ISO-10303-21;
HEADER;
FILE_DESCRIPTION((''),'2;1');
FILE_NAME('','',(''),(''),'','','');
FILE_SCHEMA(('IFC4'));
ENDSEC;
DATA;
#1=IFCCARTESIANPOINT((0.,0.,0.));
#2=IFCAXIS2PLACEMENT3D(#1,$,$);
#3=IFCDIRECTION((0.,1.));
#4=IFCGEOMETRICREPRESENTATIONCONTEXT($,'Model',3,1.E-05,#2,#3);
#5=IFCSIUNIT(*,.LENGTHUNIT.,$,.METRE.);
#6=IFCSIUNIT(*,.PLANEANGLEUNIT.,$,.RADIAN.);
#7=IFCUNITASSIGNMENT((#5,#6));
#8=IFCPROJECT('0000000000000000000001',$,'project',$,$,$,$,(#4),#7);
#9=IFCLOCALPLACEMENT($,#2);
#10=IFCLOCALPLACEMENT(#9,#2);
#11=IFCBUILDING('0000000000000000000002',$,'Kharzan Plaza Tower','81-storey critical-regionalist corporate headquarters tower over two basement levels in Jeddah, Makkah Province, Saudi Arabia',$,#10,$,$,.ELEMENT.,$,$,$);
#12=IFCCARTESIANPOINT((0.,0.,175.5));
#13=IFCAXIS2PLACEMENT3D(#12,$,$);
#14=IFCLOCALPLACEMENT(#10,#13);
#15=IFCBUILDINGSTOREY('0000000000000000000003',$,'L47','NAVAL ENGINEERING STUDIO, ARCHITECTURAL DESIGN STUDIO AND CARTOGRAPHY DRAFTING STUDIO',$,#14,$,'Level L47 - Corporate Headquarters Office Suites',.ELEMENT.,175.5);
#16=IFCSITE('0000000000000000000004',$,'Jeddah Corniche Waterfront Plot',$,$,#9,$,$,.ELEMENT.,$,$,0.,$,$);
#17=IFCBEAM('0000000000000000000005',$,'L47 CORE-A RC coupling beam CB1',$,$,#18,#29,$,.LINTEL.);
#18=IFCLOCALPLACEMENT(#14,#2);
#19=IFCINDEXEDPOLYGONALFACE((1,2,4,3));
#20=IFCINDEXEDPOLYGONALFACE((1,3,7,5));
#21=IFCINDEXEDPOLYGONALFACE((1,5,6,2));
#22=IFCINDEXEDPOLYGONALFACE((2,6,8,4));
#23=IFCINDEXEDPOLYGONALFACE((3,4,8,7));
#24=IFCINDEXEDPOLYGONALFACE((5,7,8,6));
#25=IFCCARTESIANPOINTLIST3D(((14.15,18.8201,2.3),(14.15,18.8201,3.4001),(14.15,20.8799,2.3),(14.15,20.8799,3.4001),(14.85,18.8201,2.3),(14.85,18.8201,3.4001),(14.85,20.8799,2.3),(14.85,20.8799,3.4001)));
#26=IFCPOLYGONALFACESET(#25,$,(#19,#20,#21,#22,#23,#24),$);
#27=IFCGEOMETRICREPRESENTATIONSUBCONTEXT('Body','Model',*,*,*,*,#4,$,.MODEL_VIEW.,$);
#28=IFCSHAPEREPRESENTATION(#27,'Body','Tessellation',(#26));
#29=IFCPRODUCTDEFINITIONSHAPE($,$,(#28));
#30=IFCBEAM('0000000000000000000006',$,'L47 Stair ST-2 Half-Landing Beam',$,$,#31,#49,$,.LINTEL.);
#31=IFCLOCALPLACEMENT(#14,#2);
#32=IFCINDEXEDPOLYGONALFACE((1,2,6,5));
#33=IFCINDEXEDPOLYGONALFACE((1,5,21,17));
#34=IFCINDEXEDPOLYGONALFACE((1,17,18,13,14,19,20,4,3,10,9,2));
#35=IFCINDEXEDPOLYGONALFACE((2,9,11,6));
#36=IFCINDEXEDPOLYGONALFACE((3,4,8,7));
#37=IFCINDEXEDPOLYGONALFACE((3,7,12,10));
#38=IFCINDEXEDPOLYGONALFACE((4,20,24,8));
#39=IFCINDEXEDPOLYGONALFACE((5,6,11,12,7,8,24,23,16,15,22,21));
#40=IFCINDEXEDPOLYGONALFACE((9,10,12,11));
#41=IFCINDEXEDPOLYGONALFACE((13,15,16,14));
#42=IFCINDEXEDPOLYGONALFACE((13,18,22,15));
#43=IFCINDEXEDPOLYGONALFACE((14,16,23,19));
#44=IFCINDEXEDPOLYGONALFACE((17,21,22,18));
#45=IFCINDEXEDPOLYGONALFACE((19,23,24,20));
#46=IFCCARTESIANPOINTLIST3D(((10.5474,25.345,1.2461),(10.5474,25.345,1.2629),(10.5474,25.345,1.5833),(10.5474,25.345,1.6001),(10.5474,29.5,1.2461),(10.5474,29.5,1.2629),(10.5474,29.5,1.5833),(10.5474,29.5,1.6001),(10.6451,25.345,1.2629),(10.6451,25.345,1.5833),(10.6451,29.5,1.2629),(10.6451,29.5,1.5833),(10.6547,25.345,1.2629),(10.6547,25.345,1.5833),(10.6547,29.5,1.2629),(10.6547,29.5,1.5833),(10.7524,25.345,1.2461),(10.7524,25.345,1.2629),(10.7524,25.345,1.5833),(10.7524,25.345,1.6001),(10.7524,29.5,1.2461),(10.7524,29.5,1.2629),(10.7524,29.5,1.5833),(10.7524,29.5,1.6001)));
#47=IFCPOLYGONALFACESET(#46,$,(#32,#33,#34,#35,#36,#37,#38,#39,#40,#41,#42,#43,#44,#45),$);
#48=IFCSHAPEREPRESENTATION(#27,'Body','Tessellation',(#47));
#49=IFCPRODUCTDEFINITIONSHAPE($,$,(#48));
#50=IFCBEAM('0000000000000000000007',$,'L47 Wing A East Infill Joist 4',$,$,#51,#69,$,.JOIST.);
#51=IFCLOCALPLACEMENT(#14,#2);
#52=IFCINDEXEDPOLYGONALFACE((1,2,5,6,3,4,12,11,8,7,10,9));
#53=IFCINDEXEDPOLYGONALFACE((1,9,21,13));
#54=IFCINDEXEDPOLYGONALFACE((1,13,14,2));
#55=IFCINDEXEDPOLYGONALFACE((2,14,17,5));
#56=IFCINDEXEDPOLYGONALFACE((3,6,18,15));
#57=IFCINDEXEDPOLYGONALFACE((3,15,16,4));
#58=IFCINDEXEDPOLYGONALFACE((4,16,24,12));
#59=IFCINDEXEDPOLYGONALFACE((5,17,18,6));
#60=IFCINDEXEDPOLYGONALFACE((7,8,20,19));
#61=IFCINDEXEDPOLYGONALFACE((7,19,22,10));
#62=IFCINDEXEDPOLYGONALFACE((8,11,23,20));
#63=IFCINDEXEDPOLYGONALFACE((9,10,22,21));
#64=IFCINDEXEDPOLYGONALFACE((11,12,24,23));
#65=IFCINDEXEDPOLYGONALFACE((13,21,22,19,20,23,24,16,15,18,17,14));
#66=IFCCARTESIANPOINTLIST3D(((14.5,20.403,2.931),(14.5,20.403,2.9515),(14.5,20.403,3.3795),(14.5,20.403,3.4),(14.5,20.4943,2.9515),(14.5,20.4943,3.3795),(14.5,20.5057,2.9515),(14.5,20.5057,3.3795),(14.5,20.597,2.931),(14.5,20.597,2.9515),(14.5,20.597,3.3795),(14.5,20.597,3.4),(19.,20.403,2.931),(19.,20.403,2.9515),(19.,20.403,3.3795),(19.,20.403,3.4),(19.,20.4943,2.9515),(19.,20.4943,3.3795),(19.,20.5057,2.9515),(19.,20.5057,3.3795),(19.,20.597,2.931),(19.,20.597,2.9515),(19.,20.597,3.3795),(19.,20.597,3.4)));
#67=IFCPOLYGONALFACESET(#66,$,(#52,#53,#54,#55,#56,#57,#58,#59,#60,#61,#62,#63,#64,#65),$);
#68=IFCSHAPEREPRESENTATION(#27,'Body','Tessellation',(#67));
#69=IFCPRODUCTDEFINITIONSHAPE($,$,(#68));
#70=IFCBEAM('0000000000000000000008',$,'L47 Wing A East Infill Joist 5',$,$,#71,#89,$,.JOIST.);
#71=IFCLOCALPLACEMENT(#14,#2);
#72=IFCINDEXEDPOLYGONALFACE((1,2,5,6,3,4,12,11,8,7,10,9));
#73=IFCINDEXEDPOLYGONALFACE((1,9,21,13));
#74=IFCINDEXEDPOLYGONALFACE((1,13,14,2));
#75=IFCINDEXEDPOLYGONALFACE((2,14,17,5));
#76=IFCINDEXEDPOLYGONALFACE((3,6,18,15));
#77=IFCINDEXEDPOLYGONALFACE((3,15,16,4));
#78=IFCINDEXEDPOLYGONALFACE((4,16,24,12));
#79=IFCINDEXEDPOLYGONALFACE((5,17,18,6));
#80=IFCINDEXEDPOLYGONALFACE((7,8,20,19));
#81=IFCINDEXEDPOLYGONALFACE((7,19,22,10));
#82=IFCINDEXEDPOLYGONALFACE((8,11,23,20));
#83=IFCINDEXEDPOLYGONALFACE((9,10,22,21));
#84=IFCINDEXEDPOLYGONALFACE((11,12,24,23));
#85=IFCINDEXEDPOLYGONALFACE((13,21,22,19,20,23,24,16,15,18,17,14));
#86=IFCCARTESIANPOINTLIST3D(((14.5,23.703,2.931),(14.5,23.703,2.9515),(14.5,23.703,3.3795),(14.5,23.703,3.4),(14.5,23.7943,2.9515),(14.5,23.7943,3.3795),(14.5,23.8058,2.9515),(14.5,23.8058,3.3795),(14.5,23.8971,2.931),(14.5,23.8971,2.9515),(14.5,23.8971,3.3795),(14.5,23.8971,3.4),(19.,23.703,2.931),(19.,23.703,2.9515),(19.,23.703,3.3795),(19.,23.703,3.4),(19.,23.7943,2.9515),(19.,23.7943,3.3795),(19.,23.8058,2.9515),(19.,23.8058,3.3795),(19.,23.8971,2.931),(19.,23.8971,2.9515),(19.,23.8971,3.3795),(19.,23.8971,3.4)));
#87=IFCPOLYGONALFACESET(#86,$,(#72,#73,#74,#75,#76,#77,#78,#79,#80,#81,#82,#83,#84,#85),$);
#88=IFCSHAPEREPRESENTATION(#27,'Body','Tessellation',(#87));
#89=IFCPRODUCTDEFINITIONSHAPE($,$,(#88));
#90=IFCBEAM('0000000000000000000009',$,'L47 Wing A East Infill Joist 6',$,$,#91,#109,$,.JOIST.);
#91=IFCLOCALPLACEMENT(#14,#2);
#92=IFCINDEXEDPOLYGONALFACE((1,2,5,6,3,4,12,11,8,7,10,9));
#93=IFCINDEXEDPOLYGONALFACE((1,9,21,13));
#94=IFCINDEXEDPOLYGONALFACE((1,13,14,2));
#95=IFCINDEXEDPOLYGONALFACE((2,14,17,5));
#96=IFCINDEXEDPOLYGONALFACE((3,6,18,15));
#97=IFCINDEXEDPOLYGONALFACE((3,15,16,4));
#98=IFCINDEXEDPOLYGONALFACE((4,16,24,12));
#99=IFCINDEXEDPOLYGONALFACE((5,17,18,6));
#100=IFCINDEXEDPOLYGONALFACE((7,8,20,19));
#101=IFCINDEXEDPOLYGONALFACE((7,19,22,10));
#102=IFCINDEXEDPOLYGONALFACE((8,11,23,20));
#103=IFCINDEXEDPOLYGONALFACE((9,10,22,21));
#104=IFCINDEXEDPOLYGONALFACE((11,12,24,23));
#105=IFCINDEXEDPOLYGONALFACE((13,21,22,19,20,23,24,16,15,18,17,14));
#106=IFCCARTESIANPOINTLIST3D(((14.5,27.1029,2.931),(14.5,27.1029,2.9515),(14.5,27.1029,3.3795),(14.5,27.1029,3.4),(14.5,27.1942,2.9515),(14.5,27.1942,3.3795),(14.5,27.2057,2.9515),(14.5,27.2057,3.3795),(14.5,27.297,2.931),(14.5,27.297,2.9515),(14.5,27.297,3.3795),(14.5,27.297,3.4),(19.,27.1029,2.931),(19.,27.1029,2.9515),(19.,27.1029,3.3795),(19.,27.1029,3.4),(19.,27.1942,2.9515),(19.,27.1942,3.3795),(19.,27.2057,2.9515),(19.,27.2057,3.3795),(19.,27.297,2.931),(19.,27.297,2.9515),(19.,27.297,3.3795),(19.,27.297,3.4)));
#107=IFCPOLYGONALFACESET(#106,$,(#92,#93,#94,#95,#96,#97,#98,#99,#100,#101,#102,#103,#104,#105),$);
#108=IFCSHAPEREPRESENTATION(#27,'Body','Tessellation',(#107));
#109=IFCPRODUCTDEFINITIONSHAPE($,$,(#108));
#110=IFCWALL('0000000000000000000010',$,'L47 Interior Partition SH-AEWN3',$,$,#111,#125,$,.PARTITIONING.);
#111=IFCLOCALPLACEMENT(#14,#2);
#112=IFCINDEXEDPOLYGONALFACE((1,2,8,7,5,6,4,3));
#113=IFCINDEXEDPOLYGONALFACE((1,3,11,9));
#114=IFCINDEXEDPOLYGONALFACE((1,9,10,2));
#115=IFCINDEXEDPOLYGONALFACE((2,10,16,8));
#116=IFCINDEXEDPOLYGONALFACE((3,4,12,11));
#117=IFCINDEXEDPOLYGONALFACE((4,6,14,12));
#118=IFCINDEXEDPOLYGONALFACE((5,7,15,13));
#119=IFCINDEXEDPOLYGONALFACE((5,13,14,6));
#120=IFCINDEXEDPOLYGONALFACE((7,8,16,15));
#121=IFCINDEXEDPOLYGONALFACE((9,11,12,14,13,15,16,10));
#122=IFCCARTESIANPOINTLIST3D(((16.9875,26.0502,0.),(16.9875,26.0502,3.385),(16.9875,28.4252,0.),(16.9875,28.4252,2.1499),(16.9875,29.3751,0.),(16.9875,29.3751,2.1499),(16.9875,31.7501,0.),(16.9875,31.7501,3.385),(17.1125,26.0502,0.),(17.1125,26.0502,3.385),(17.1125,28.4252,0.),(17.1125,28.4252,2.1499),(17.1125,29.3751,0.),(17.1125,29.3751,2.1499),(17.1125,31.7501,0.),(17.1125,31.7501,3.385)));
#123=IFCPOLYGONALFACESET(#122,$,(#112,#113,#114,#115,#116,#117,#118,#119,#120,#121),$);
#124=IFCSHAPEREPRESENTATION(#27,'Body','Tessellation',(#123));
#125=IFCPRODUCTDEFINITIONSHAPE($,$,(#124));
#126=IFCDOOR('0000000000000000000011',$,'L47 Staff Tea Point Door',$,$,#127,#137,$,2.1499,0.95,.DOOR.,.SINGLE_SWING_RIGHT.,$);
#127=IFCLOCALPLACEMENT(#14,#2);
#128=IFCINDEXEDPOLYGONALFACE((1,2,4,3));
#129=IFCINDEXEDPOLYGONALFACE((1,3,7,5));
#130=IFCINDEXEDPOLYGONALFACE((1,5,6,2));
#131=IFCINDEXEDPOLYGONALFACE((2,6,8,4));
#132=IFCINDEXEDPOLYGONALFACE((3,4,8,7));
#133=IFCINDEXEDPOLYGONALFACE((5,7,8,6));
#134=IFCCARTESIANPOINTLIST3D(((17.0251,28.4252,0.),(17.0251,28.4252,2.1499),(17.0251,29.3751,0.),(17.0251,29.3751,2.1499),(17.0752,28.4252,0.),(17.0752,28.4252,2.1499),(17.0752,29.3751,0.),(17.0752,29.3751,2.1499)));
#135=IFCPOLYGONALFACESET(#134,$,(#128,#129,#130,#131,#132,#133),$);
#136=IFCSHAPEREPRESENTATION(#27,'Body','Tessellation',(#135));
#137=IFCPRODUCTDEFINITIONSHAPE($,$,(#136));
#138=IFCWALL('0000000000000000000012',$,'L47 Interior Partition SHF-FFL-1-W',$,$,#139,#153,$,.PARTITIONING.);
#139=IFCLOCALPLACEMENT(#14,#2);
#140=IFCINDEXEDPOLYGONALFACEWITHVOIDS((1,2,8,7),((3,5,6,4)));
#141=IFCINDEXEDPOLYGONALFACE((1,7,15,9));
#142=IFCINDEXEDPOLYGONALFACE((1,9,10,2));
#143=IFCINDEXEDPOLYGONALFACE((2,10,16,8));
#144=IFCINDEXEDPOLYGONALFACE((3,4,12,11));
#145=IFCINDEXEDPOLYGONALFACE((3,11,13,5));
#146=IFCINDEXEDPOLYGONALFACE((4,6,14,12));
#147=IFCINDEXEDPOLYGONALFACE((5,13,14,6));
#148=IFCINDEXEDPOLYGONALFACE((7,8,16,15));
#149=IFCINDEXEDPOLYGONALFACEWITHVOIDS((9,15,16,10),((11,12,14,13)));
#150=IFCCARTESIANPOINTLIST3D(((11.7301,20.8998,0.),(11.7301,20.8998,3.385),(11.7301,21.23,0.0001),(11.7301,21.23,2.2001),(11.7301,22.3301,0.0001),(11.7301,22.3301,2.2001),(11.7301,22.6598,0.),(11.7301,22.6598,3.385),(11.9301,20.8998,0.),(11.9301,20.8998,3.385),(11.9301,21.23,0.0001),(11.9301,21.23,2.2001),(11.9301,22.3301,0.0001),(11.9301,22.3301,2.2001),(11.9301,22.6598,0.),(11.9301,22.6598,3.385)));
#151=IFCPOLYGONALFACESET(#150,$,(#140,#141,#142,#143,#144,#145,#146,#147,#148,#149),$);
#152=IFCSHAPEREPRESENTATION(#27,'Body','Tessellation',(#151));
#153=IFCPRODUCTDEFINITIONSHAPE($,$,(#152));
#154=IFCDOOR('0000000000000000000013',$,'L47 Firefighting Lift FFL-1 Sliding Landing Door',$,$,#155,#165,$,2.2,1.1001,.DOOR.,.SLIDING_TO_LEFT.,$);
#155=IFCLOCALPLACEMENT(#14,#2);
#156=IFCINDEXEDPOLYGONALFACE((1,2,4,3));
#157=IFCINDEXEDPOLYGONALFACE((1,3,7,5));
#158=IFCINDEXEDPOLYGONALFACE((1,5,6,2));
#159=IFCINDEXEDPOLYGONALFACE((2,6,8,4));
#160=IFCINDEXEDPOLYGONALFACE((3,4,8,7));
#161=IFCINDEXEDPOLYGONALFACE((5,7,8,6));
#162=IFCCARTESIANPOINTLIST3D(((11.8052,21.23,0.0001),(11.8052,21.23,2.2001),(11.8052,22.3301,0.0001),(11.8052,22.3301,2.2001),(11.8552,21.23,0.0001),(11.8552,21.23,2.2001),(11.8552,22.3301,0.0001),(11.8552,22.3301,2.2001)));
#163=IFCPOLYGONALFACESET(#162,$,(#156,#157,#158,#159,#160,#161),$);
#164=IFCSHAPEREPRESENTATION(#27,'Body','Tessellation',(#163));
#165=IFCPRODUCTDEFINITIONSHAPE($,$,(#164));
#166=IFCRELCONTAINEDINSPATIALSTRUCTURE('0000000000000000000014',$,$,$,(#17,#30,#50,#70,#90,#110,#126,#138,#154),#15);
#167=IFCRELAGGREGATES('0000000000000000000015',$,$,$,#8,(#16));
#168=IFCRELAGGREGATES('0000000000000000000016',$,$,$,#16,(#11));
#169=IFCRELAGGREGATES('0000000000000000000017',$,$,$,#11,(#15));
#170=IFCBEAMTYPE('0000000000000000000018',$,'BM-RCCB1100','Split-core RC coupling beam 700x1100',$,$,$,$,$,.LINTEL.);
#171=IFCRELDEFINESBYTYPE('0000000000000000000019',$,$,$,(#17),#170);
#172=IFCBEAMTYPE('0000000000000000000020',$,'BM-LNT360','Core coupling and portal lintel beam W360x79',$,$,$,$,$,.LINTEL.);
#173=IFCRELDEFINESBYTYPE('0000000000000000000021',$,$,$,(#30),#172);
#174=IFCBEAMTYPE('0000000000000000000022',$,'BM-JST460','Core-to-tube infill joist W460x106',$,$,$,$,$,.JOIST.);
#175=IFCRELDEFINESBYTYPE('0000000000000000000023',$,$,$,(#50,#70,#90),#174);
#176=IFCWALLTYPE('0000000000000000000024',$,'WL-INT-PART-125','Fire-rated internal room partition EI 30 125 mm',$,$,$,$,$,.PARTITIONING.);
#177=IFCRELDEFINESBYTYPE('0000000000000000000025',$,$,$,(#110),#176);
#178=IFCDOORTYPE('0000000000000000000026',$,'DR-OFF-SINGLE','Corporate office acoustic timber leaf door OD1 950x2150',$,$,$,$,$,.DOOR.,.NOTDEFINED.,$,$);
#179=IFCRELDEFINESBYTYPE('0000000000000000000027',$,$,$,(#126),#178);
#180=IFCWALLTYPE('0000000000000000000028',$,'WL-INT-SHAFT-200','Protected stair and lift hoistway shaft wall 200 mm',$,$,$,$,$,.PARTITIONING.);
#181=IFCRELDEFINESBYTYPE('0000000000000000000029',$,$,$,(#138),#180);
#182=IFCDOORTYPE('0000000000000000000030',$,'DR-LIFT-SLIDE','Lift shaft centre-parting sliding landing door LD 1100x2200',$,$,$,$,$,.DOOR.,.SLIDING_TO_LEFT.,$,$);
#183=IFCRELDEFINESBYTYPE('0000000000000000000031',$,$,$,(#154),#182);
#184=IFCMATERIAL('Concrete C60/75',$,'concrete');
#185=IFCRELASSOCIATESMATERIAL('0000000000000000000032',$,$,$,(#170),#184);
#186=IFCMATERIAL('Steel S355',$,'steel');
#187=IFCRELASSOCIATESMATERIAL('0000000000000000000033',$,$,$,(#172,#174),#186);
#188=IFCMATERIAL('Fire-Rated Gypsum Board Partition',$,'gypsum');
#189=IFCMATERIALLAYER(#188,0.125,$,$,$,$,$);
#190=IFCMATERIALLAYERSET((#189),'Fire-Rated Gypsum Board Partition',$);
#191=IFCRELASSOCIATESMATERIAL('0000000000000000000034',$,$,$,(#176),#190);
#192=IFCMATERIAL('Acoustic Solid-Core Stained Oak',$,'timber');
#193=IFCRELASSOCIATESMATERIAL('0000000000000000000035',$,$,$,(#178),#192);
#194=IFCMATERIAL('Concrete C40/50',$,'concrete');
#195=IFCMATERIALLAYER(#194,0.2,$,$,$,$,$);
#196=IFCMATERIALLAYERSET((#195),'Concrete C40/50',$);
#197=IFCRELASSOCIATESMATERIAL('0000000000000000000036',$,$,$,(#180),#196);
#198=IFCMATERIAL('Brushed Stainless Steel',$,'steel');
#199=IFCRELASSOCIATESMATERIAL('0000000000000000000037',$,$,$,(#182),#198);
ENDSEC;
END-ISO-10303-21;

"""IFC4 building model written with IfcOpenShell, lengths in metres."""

from ifc_helpers import new_model, si_unit, direction, frame, frame_2d, origin, origin_2d, place, context, subcontext, project, spatial, rectangle, i_section, extrude, source, transform, mapped, material, layer, layer_set, material_profile, profile_set, type_object, element, fill, save


model = new_model("IFC4")

# Units and contexts
model_context = context("Model", 3, precision=1e-05, world=origin(), true_north=direction((0.0, 1.0)))
body_context = subcontext(model_context, "Body", "Model", "MODEL_VIEW")
ifc_project = project(units=[si_unit("LENGTHUNIT", "METRE"), si_unit("PLANEANGLEUNIT", "RADIAN")], contexts=[model_context])

# Site, building, storey
site_placement = place(None, origin())
site = spatial("IfcSite", under=ifc_project, at=site_placement, Name="Jeddah Corniche Waterfront Plot", CompositionType="ELEMENT", RefElevation=0.0)
building_placement = place(site_placement, origin())
building = spatial("IfcBuilding", under=site, at=building_placement, Name="Kharzan Plaza Tower", Description="81-storey critical-regionalist corporate headquarters tower over two basement levels in Jeddah, Makkah Province, Saudi Arabia", CompositionType="ELEMENT")
storey_placement = place(building_placement, frame((0.0, 0.0, 175.5)))
storey = spatial("IfcBuildingStorey", under=building, at=storey_placement, Name="L47", Description="NAVAL ENGINEERING STUDIO, ARCHITECTURAL DESIGN STUDIO AND CARTOGRAPHY DRAFTING STUDIO", LongName="Level L47 - Corporate Headquarters Office Suites", CompositionType="ELEMENT", Elevation=175.5)

# Beams
ifc_material_1 = material(Name="Concrete C60/75", Category="concrete")
ifc_material_profile_1 = material_profile(ifc_material_1, rectangle(XDim=0.7, YDim=1.1001, at=origin_2d()), Name="RC-CB1100x700")
ifc_profile_set_1 = profile_set([ifc_material_profile_1], Name="Concrete C60/75")
beam_type_1 = type_object("IfcBeamType", Name="BM-RCCB1100", Description="Split-core RC coupling beam 700x1100", PredefinedType="LINTEL", material=ifc_profile_set_1)
shared_shape_1 = source(origin(), body_context, "Body", "SweptSolid", [
    extrude(rectangle(XDim=0.7, YDim=1.1001, at=origin_2d()), origin(), (0.0, 0.0, 1.0), 2.0598),
])
beam_1_placement = place(storey_placement, frame((14.5, 18.8201, 2.8501), z_axis=(0.0, 1.0, 0.0), x_axis=(-1.0, 0.0, 0.0)))
element("IfcBeam", 1, at=beam_1_placement, inside=storey, type_object=beam_type_1, Name="L47 CORE-A RC coupling beam CB1", PredefinedType="LINTEL", context=body_context, shape_type="MappedRepresentation", body=[
    mapped(shared_shape_1, transform((0.0, 0.0, 0.0), x_axis=(1.0, 0.0, 0.0), y_axis=(0.0, 1.0, 0.0), z_axis=(0.0, 0.0, 1.0))),
])
ifc_material_2 = material(Name="Steel S355", Category="steel")
ifc_material_profile_2 = material_profile(ifc_material_2, i_section(OverallWidth=0.2051, OverallDepth=0.354, WebThickness=0.0095, FlangeThickness=0.0168, at=origin_2d()), Name="W360x79")
ifc_profile_set_2 = profile_set([ifc_material_profile_2], Name="Steel S355")
beam_type_2 = type_object("IfcBeamType", Name="BM-LNT360", Description="Core coupling and portal lintel beam W360x79", PredefinedType="LINTEL", material=ifc_profile_set_2)
shared_shape_2 = source(origin(), body_context, "Body", "SweptSolid", [
    extrude(i_section(OverallWidth=0.2051, OverallDepth=0.354, WebThickness=0.0095, FlangeThickness=0.0168, at=origin_2d()), origin(), (0.0, 0.0, 1.0), 4.155),
])
beam_2_placement = place(storey_placement, frame((10.6499, 25.345, 1.4231), z_axis=(0.0, 1.0, 0.0), x_axis=(-1.0, 0.0, 0.0)))
element("IfcBeam", 2, at=beam_2_placement, inside=storey, type_object=beam_type_2, Name="L47 Stair ST-2 Half-Landing Beam", PredefinedType="LINTEL", context=body_context, shape_type="MappedRepresentation", body=[
    mapped(shared_shape_2, transform((0.0, 0.0, 0.0), x_axis=(1.0, 0.0, 0.0), y_axis=(0.0, 1.0, 0.0), z_axis=(0.0, 0.0, 1.0))),
])
ifc_material_profile_3 = material_profile(ifc_material_2, i_section(OverallWidth=0.1941, OverallDepth=0.469, WebThickness=0.0115, FlangeThickness=0.0205, at=origin_2d()), Name="W460x106")
ifc_profile_set_3 = profile_set([ifc_material_profile_3], Name="Steel S355")
beam_type_3 = type_object("IfcBeamType", Name="BM-JST460", Description="Core-to-tube infill joist W460x106", PredefinedType="JOIST", material=ifc_profile_set_3)
shared_shape_3 = source(origin(), body_context, "Body", "SweptSolid", [
    extrude(i_section(OverallWidth=0.1941, OverallDepth=0.469, WebThickness=0.0115, FlangeThickness=0.0205, at=origin_2d()), origin(), (0.0, 0.0, 1.0), 4.5),
])
for number, where, z_axis, x_axis, name in (
    (3, (14.5, 20.5, 3.1655), (1.0, 0.0, 0.0), (0.0, 1.0, 0.0), "L47 Wing A East Infill Joist 4"),
    (4, (14.5, 23.8, 3.1655), (1.0, 0.0, 0.0), (0.0, 1.0, 0.0), "L47 Wing A East Infill Joist 5"),
    (5, (14.5, 27.2, 3.1655), (1.0, 0.0, 0.0), (0.0, 1.0, 0.0), "L47 Wing A East Infill Joist 6"),
):
    element("IfcBeam", number, at=place(storey_placement, frame(where, z_axis=z_axis, x_axis=x_axis)), inside=storey, type_object=beam_type_3, Name=name, PredefinedType="JOIST", context=body_context, shape_type="MappedRepresentation", body=[
        mapped(shared_shape_3, transform((0.0, 0.0, 0.0), x_axis=(1.0, 0.0, 0.0), y_axis=(0.0, 1.0, 0.0), z_axis=(0.0, 0.0, 1.0))),
    ])

# Walls, openings, doors
ifc_material_3 = material(Name="Fire-Rated Gypsum Board Partition", Category="gypsum")
ifc_layer_1 = layer(ifc_material_3, 0.125)
ifc_layer_set_1 = layer_set([ifc_layer_1], Name="Fire-Rated Gypsum Board Partition")
wall_type_1 = type_object("IfcWallType", Name="WL-INT-PART-125", Description="Fire-rated internal room partition EI 30 125 mm", PredefinedType="PARTITIONING", material=ifc_layer_set_1)
wall_1_placement = place(storey_placement, frame((17.05, 26.05, 0.0), z_axis=(0.0, 0.0, 1.0), x_axis=(0.0, 1.0, 0.0)))
wall_1 = element("IfcWall", 6, at=wall_1_placement, inside=storey, type_object=wall_type_1, Name="L47 Interior Partition SH-AEWN3", PredefinedType="PARTITIONING", context=body_context, shape_type="SweptSolid", body=[
    extrude(rectangle(XDim=5.7, YDim=0.125, at=frame_2d((2.8501, 0.0))), origin(), (0.0, 0.0, 1.0), 3.385),
])
opening_1_placement = place(wall_1_placement, frame((2.375, 0.0, 0.0)))
opening_1 = element("IfcOpeningElement", 7, at=opening_1_placement, cuts=wall_1, PredefinedType="OPENING", context=body_context, shape_type="SweptSolid", body=[
    extrude(rectangle(XDim=0.95, YDim=2.1499, at=frame_2d((0.4751, 1.075))), frame((0.0, 0.0725, 0.0), z_axis=(0.0, -1.0, 0.0), x_axis=(1.0, 0.0, 0.0)), (0.0, 0.0, 1.0), 0.145),
])
ifc_material_4 = material(Name="Acoustic Solid-Core Stained Oak", Category="timber")
door_type_1 = type_object("IfcDoorType", Name="DR-OFF-SINGLE", Description="Corporate office acoustic timber leaf door OD1 950x2150", OperationType="NOTDEFINED", PredefinedType="DOOR", material=ifc_material_4)
shared_shape_4 = source(origin(), body_context, "Body", "SweptSolid", [
    extrude(rectangle(XDim=0.95, YDim=2.1499, at=frame_2d((0.4751, 1.075))), frame((0.0, 0.0249, 0.0), z_axis=(0.0, -1.0, 0.0), x_axis=(1.0, 0.0, 0.0)), (0.0, 0.0, 1.0), 0.05),
])
door_1_placement = place(opening_1_placement, origin())
door_1 = element("IfcDoor", 8, at=door_1_placement, inside=storey, type_object=door_type_1, Name="L47 Staff Tea Point Door", OperationType="SINGLE_SWING_RIGHT", OverallHeight=2.1499, OverallWidth=0.95, PredefinedType="DOOR", context=body_context, shape_type="MappedRepresentation", body=[
    mapped(shared_shape_4, transform((0.0, 0.0, 0.0), x_axis=(1.0, 0.0, 0.0), y_axis=(0.0, 1.0, 0.0), z_axis=(0.0, 0.0, 1.0))),
])
fill(opening_1, door_1)
ifc_material_5 = material(Name="Concrete C40/50", Category="concrete")
ifc_layer_2 = layer(ifc_material_5, 0.2)
ifc_layer_set_2 = layer_set([ifc_layer_2], Name="Concrete C40/50")
wall_type_2 = type_object("IfcWallType", Name="WL-INT-SHAFT-200", Description="Protected stair and lift hoistway shaft wall 200 mm", PredefinedType="PARTITIONING", material=ifc_layer_set_2)
wall_2_placement = place(storey_placement, frame((11.8301, 20.8999, 0.0), z_axis=(0.0, 0.0, 1.0), x_axis=(0.0, 1.0, 0.0)))
wall_2 = element("IfcWall", 9, at=wall_2_placement, inside=storey, type_object=wall_type_2, Name="L47 Interior Partition SHF-FFL-1-W", PredefinedType="PARTITIONING", context=body_context, shape_type="SweptSolid", body=[
    extrude(rectangle(XDim=1.76, YDim=0.2, at=frame_2d((0.8799, 0.0))), origin(), (0.0, 0.0, 1.0), 3.385),
])
opening_2_placement = place(wall_2_placement, frame((0.3301, 0.0, 0.0)))
opening_2 = element("IfcOpeningElement", 10, at=opening_2_placement, cuts=wall_2, PredefinedType="OPENING", context=body_context, shape_type="SweptSolid", body=[
    extrude(rectangle(XDim=1.1001, YDim=2.2, at=frame_2d((0.55, 1.1001))), frame((0.0, 0.1099, 0.0), z_axis=(0.0, -1.0, 0.0), x_axis=(1.0, 0.0, 0.0)), (0.0, 0.0, 1.0), 0.22),
])
ifc_material_6 = material(Name="Brushed Stainless Steel", Category="steel")
door_type_2 = type_object("IfcDoorType", Name="DR-LIFT-SLIDE", Description="Lift shaft centre-parting sliding landing door LD 1100x2200", OperationType="SLIDING_TO_LEFT", PredefinedType="DOOR", material=ifc_material_6)
shared_shape_5 = source(origin(), body_context, "Body", "SweptSolid", [
    extrude(rectangle(XDim=1.1001, YDim=2.2, at=frame_2d((0.55, 1.1001))), frame((0.0, 0.0249, 0.0), z_axis=(0.0, -1.0, 0.0), x_axis=(1.0, 0.0, 0.0)), (0.0, 0.0, 1.0), 0.05),
])
door_2_placement = place(opening_2_placement, origin())
door_2 = element("IfcDoor", 11, at=door_2_placement, inside=storey, type_object=door_type_2, Name="L47 Firefighting Lift FFL-1 Sliding Landing Door", OperationType="SLIDING_TO_LEFT", OverallHeight=2.2, OverallWidth=1.1001, PredefinedType="DOOR", context=body_context, shape_type="MappedRepresentation", body=[
    mapped(shared_shape_5, transform((0.0, 0.0, 0.0), x_axis=(1.0, 0.0, 0.0), y_axis=(0.0, 1.0, 0.0), z_axis=(0.0, 0.0, 1.0))),
])
fill(opening_2, door_2)

save(model, "model.ifc")
